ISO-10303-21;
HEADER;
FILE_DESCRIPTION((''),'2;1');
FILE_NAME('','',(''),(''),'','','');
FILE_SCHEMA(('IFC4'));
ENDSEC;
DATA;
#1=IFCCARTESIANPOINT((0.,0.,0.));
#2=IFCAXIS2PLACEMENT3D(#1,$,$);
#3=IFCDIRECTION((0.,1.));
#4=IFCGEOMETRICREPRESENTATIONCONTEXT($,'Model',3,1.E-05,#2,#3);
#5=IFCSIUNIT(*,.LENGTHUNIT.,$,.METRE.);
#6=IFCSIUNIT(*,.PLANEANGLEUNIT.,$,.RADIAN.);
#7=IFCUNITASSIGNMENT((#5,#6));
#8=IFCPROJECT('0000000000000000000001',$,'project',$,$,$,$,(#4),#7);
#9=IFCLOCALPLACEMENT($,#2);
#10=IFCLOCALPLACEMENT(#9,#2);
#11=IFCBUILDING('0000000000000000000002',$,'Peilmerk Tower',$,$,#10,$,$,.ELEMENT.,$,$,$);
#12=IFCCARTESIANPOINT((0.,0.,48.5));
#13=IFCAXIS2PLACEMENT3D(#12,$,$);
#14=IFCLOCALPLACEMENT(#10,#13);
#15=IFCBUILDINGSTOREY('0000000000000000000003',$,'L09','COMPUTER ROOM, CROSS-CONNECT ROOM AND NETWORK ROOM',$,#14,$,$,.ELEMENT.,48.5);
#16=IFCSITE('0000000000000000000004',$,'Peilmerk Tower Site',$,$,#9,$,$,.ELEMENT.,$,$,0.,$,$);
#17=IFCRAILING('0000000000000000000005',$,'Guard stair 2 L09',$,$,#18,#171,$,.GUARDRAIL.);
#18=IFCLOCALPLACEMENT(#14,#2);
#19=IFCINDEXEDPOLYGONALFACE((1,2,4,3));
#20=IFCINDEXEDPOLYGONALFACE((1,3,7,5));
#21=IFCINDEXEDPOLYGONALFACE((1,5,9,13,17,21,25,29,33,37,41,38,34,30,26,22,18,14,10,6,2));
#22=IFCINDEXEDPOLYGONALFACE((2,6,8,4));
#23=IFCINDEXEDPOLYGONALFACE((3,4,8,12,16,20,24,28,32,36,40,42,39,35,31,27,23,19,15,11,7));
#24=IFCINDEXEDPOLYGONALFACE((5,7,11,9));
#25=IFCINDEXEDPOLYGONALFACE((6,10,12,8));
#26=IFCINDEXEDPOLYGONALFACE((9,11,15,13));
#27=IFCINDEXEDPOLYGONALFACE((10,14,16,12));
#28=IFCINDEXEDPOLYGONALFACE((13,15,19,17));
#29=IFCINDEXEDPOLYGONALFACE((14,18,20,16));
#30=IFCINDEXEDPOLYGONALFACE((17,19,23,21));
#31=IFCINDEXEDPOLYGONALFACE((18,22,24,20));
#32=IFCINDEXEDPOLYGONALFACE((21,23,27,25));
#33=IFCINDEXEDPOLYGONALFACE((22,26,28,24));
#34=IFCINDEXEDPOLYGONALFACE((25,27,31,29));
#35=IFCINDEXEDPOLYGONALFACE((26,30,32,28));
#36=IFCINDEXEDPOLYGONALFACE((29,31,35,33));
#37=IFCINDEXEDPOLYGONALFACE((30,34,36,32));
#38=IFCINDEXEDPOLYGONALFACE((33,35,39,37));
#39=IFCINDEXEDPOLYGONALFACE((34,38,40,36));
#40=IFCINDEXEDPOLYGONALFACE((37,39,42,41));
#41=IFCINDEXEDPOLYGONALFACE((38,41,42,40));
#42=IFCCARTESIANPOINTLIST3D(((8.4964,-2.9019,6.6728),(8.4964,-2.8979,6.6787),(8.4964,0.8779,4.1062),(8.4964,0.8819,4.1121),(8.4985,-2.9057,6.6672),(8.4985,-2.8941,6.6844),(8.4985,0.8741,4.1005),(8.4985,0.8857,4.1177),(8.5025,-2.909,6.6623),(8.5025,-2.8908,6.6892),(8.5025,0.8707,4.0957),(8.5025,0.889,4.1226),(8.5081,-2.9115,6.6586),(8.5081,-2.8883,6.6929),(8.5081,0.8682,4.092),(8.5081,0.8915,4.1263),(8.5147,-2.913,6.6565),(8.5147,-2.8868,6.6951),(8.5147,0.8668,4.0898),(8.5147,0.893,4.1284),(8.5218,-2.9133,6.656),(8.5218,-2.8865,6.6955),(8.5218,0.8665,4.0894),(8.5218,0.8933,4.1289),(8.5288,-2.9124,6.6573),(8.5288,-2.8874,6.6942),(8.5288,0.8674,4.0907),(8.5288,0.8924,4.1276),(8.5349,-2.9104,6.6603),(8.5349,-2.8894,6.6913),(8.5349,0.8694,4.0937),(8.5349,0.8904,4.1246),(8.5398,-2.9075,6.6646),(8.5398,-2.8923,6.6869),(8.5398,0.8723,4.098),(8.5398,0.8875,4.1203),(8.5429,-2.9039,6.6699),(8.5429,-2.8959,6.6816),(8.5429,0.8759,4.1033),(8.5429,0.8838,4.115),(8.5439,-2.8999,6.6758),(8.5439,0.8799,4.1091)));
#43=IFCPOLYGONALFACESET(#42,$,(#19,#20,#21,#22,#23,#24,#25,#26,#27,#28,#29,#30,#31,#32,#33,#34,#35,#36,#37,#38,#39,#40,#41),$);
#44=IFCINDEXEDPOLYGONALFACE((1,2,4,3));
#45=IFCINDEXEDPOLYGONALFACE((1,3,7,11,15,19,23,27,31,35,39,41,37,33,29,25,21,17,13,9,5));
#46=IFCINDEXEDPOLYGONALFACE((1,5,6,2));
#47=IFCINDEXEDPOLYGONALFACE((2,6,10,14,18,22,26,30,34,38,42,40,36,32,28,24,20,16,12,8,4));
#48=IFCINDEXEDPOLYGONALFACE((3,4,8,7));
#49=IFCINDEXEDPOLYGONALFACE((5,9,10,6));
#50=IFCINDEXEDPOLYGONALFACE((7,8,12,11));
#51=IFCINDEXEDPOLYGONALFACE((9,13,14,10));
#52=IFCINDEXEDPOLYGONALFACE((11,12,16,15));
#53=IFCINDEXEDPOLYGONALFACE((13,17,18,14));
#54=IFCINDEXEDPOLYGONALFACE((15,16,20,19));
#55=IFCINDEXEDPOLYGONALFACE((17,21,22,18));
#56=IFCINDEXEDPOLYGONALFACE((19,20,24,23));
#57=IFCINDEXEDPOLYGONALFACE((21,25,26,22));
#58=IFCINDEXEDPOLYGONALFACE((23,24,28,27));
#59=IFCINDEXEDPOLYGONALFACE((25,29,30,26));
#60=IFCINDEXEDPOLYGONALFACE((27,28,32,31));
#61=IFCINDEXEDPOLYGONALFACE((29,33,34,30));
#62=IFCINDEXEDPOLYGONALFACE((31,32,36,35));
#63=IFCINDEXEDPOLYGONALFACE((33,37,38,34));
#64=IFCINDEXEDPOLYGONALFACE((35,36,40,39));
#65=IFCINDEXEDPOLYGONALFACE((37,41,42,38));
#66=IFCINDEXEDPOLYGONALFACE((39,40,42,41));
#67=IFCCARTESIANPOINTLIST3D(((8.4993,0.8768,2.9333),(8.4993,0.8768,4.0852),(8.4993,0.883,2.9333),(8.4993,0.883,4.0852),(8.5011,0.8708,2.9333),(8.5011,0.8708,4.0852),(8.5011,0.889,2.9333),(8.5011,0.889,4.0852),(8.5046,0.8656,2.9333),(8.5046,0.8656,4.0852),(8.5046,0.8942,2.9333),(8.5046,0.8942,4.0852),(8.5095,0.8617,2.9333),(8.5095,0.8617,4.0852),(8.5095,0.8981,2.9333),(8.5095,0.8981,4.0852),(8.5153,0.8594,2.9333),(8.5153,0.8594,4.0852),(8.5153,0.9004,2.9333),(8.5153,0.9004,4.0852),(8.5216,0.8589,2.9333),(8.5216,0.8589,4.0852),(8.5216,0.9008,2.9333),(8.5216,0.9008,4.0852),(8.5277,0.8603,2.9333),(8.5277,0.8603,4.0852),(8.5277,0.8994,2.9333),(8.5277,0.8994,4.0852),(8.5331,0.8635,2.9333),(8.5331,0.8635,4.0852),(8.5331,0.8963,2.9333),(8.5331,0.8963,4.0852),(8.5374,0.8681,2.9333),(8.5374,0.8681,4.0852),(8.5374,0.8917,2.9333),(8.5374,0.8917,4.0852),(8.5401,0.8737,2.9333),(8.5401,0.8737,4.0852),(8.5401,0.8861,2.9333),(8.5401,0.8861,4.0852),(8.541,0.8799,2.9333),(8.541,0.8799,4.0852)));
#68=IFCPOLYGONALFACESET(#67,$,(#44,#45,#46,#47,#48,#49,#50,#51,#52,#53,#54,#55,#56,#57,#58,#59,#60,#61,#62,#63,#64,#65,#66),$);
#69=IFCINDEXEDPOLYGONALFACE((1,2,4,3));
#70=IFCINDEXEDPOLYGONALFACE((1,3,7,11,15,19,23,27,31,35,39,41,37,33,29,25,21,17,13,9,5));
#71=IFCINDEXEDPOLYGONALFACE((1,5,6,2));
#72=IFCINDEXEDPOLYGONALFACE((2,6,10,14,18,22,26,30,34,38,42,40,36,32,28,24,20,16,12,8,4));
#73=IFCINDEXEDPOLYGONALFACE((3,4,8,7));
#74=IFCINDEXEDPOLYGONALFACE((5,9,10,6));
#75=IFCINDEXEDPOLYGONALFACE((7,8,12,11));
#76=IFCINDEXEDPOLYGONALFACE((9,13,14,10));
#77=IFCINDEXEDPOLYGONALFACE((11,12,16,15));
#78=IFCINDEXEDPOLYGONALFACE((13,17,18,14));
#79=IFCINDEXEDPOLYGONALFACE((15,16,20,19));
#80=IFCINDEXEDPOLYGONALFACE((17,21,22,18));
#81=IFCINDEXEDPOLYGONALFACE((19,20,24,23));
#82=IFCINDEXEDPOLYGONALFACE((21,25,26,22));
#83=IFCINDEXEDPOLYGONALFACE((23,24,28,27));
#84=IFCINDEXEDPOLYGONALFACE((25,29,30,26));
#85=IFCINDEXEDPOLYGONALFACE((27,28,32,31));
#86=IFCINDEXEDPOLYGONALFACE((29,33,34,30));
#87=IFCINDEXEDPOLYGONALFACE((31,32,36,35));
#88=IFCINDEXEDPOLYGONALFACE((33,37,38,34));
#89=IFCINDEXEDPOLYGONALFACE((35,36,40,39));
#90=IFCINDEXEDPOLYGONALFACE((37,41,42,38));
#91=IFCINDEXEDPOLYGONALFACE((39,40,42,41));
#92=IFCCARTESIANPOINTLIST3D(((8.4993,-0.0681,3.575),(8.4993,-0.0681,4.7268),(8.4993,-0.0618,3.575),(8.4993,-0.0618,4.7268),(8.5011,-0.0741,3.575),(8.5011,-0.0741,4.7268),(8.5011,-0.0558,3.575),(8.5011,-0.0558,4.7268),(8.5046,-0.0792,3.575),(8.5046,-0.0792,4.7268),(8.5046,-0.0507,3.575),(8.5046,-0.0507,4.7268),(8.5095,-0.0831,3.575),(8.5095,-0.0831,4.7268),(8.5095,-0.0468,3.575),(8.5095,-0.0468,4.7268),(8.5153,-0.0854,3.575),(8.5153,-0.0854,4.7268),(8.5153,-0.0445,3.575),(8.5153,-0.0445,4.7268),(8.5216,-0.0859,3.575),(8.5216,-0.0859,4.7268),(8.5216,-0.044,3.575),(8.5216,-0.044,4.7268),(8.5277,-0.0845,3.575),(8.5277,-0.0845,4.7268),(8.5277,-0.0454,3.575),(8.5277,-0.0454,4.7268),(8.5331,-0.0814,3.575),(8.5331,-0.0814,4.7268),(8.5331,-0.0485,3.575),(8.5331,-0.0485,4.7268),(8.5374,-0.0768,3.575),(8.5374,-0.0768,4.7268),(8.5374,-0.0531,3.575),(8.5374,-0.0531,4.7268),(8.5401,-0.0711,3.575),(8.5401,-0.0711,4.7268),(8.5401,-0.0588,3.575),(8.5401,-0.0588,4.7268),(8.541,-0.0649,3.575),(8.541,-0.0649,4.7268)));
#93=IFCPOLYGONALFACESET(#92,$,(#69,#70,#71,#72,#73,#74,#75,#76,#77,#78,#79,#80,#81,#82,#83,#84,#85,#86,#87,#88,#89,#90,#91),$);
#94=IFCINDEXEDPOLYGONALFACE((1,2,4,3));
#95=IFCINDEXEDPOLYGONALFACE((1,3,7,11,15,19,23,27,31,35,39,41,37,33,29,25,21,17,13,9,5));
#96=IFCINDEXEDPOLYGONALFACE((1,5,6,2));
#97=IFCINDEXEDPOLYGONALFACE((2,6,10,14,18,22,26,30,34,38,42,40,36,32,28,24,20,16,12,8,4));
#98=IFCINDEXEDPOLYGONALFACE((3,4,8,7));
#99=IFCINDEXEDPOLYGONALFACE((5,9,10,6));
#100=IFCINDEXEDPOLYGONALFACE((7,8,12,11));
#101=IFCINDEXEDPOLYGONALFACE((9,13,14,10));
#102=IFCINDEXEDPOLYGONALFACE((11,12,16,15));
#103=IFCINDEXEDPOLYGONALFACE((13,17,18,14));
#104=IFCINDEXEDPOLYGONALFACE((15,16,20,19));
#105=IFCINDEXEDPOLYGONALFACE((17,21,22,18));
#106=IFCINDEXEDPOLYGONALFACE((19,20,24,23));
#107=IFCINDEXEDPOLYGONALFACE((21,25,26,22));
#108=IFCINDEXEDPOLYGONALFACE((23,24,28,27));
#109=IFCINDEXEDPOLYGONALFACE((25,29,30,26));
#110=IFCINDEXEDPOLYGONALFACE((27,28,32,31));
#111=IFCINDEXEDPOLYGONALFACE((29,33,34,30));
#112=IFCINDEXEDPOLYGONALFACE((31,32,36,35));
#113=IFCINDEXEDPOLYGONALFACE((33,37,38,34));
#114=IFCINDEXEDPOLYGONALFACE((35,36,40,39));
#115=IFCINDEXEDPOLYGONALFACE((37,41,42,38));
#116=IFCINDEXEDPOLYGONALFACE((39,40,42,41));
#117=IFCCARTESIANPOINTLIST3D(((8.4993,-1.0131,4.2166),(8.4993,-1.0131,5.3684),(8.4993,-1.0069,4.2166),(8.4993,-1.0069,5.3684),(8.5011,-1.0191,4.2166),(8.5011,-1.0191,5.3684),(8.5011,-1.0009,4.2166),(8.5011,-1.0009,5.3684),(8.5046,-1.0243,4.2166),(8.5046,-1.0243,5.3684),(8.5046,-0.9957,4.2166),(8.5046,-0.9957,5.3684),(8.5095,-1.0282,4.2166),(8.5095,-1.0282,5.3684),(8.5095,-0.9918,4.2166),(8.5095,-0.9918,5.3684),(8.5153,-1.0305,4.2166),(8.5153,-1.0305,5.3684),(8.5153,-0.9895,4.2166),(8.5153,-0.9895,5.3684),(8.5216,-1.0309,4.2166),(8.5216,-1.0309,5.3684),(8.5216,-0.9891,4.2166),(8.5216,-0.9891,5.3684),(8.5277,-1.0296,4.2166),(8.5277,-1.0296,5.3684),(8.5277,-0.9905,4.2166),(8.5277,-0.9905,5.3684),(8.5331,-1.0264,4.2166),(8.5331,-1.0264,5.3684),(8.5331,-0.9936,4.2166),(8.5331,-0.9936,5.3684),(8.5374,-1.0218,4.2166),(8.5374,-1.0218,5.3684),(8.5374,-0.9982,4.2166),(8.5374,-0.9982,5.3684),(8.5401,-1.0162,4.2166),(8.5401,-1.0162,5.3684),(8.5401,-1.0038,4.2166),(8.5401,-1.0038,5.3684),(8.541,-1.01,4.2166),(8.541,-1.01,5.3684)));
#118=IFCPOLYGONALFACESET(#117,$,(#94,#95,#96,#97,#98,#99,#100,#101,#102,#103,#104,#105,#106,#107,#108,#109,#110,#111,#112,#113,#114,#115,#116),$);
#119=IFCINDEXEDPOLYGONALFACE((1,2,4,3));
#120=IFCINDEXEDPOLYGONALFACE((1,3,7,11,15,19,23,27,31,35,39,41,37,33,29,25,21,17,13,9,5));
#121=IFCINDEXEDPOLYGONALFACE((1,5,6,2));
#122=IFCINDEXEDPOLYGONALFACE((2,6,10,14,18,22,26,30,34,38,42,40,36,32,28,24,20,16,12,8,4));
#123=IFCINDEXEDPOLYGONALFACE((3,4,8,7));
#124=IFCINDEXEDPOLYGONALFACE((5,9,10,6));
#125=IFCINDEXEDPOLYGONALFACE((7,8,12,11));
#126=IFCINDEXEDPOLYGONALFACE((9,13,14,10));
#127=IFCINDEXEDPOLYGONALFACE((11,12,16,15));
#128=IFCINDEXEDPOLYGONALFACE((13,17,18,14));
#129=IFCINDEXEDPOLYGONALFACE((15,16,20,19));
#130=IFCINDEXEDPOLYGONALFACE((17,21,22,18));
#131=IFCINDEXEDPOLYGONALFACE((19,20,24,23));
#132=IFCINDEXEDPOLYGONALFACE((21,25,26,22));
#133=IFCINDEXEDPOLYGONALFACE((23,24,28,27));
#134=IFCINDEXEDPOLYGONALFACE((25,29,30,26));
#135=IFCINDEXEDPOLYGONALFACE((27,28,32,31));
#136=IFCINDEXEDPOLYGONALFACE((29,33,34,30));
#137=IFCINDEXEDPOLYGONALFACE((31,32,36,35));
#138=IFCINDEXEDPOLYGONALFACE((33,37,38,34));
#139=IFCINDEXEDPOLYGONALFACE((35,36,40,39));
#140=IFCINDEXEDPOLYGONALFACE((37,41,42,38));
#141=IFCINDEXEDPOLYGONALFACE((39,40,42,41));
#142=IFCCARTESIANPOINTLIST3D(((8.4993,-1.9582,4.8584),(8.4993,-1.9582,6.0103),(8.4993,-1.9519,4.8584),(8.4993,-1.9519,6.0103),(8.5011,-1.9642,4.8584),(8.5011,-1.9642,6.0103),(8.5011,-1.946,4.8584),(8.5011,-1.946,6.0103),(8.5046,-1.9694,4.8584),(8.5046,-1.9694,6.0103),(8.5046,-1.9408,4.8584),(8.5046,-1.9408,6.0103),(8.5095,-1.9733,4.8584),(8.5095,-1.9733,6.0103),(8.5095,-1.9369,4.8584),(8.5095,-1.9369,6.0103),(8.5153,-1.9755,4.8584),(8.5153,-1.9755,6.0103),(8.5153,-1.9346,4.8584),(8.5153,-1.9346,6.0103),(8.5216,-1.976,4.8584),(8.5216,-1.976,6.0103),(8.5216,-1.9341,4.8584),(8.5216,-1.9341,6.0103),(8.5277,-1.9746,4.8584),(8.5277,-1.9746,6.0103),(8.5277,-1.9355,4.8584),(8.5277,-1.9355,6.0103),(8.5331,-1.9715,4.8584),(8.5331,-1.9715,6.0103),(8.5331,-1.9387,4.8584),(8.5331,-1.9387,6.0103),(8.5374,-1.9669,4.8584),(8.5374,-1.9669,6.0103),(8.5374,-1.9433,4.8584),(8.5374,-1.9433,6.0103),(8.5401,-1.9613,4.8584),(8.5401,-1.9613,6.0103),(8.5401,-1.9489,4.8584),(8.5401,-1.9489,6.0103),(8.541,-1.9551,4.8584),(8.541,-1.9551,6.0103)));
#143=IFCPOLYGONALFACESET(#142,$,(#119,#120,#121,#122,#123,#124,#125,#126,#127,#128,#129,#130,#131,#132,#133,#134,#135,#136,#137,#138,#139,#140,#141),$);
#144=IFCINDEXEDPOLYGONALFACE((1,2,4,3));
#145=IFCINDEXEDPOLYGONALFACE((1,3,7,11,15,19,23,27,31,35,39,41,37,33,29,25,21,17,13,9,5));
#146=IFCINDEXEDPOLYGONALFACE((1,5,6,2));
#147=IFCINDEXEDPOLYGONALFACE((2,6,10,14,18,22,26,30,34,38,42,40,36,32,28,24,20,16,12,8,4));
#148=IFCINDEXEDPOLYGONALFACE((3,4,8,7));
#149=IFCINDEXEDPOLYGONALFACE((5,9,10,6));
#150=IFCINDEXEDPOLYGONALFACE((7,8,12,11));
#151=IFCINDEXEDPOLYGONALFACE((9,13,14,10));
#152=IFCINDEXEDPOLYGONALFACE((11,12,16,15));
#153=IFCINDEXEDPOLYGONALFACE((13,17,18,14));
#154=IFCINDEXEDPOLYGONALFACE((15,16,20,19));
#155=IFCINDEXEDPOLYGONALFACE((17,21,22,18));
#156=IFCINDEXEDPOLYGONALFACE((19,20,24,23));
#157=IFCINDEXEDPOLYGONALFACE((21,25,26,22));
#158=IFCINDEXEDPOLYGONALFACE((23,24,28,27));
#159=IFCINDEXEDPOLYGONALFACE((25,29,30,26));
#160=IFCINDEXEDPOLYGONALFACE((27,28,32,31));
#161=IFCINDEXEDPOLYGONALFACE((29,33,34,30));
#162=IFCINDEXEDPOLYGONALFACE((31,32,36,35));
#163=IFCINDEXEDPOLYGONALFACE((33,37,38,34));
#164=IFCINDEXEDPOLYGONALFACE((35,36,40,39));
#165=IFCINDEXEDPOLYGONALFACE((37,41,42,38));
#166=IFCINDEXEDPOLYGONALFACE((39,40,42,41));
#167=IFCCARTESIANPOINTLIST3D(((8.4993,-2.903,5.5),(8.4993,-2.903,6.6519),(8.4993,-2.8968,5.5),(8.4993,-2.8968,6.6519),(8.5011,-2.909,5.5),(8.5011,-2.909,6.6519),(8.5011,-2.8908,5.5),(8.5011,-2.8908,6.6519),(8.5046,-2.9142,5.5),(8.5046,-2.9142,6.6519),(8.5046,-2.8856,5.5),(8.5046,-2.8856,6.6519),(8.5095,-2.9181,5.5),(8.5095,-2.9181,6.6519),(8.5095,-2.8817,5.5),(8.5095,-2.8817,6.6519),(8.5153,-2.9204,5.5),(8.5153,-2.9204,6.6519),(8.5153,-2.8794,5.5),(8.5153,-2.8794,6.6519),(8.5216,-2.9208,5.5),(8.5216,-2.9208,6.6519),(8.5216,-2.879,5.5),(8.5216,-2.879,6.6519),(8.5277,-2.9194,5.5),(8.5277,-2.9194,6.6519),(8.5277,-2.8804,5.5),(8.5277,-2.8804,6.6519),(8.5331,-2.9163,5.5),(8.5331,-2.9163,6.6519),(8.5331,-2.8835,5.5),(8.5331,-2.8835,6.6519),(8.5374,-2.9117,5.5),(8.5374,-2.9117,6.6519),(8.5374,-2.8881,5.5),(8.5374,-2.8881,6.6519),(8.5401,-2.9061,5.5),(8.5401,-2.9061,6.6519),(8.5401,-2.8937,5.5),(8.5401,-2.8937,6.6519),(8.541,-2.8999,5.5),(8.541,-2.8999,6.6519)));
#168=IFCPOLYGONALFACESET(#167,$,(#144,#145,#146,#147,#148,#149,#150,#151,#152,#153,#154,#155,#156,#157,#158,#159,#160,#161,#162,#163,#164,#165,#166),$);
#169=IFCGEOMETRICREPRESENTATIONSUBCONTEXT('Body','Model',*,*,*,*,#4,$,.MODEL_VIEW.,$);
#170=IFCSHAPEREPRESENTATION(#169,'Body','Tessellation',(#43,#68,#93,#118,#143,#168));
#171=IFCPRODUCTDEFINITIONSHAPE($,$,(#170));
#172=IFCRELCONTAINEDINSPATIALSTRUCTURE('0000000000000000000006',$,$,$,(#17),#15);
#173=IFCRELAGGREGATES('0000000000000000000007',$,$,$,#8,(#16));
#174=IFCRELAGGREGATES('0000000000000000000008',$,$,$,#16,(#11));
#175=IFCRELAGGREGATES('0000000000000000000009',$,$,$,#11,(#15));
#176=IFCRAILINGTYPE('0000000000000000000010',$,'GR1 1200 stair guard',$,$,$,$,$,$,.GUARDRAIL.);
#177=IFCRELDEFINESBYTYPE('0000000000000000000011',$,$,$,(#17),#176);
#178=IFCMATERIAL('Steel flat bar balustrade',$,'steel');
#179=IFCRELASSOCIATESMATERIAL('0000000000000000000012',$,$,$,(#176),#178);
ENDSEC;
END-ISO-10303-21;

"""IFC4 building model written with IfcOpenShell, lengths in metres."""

from ifc_helpers import new_model, si_unit, direction, frame, origin, origin_2d, place, context, subcontext, project, spatial, circle, extrude, material, type_object, element, save


model = new_model("IFC4")

# Units and contexts
model_context = context("Model", 3, precision=1e-05, world=origin(), true_north=direction((0.0, 1.0)))
body_context = subcontext(model_context, "Body", "Model", "MODEL_VIEW")
ifc_project = project(units=[si_unit("LENGTHUNIT", "METRE"), si_unit("PLANEANGLEUNIT", "RADIAN")], contexts=[model_context])

# Site, building, storey
site_placement = place(None, origin())
site = spatial("IfcSite", under=ifc_project, at=site_placement, Name="Peilmerk Tower Site", CompositionType="ELEMENT", RefElevation=0.0)
building_placement = place(site_placement, origin())
building = spatial("IfcBuilding", under=site, at=building_placement, Name="Peilmerk Tower", CompositionType="ELEMENT")
storey_placement = place(building_placement, frame((0.0, 0.0, 48.5)))
storey = spatial("IfcBuildingStorey", under=building, at=storey_placement, Name="L09", Description="COMPUTER ROOM, CROSS-CONNECT ROOM AND NETWORK ROOM", CompositionType="ELEMENT", Elevation=48.5)

# Railing
ifc_material_1 = material(Name="Steel flat bar balustrade", Category="steel")
railing_type_1 = type_object("IfcRailingType", Name="GR1 1200 stair guard", PredefinedType="GUARDRAIL", material=ifc_material_1)
railing_1_placement = place(storey_placement, frame((8.52, 0.8799, 2.9333)))
element("IfcRailing", 1, at=railing_1_placement, inside=storey, type_object=railing_type_1, Name="Guard stair 2 L09", PredefinedType="GUARDRAIL", context=body_context, shape_type="SweptSolid", body=[
    extrude(circle(Radius=0.0239, at=origin_2d()), frame((0.0, 0.0, 1.1758), z_axis=(0.0, -0.827293, 0.561771), x_axis=(1.0, 0.0, 0.0)), (0.0, 0.0, 1.0), 4.5688),
    extrude(circle(Radius=0.021, at=origin_2d()), origin(), (0.0, 0.0, 1.0), 1.1519),
    extrude(circle(Radius=0.021, at=origin_2d()), frame((0.0, -0.9448, 0.6416)), (0.0, 0.0, 1.0), 1.1519),
    extrude(circle(Radius=0.021, at=origin_2d()), frame((0.0, -1.8899, 1.2832)), (0.0, 0.0, 1.0), 1.1519),
    extrude(circle(Radius=0.021, at=origin_2d()), frame((0.0, -2.835, 1.925)), (0.0, 0.0, 1.0), 1.1519),
    extrude(circle(Radius=0.021, at=origin_2d()), frame((0.0, -3.7798, 2.5667)), (0.0, 0.0, 1.0), 1.1519),
])

save(model, "model.ifc")
